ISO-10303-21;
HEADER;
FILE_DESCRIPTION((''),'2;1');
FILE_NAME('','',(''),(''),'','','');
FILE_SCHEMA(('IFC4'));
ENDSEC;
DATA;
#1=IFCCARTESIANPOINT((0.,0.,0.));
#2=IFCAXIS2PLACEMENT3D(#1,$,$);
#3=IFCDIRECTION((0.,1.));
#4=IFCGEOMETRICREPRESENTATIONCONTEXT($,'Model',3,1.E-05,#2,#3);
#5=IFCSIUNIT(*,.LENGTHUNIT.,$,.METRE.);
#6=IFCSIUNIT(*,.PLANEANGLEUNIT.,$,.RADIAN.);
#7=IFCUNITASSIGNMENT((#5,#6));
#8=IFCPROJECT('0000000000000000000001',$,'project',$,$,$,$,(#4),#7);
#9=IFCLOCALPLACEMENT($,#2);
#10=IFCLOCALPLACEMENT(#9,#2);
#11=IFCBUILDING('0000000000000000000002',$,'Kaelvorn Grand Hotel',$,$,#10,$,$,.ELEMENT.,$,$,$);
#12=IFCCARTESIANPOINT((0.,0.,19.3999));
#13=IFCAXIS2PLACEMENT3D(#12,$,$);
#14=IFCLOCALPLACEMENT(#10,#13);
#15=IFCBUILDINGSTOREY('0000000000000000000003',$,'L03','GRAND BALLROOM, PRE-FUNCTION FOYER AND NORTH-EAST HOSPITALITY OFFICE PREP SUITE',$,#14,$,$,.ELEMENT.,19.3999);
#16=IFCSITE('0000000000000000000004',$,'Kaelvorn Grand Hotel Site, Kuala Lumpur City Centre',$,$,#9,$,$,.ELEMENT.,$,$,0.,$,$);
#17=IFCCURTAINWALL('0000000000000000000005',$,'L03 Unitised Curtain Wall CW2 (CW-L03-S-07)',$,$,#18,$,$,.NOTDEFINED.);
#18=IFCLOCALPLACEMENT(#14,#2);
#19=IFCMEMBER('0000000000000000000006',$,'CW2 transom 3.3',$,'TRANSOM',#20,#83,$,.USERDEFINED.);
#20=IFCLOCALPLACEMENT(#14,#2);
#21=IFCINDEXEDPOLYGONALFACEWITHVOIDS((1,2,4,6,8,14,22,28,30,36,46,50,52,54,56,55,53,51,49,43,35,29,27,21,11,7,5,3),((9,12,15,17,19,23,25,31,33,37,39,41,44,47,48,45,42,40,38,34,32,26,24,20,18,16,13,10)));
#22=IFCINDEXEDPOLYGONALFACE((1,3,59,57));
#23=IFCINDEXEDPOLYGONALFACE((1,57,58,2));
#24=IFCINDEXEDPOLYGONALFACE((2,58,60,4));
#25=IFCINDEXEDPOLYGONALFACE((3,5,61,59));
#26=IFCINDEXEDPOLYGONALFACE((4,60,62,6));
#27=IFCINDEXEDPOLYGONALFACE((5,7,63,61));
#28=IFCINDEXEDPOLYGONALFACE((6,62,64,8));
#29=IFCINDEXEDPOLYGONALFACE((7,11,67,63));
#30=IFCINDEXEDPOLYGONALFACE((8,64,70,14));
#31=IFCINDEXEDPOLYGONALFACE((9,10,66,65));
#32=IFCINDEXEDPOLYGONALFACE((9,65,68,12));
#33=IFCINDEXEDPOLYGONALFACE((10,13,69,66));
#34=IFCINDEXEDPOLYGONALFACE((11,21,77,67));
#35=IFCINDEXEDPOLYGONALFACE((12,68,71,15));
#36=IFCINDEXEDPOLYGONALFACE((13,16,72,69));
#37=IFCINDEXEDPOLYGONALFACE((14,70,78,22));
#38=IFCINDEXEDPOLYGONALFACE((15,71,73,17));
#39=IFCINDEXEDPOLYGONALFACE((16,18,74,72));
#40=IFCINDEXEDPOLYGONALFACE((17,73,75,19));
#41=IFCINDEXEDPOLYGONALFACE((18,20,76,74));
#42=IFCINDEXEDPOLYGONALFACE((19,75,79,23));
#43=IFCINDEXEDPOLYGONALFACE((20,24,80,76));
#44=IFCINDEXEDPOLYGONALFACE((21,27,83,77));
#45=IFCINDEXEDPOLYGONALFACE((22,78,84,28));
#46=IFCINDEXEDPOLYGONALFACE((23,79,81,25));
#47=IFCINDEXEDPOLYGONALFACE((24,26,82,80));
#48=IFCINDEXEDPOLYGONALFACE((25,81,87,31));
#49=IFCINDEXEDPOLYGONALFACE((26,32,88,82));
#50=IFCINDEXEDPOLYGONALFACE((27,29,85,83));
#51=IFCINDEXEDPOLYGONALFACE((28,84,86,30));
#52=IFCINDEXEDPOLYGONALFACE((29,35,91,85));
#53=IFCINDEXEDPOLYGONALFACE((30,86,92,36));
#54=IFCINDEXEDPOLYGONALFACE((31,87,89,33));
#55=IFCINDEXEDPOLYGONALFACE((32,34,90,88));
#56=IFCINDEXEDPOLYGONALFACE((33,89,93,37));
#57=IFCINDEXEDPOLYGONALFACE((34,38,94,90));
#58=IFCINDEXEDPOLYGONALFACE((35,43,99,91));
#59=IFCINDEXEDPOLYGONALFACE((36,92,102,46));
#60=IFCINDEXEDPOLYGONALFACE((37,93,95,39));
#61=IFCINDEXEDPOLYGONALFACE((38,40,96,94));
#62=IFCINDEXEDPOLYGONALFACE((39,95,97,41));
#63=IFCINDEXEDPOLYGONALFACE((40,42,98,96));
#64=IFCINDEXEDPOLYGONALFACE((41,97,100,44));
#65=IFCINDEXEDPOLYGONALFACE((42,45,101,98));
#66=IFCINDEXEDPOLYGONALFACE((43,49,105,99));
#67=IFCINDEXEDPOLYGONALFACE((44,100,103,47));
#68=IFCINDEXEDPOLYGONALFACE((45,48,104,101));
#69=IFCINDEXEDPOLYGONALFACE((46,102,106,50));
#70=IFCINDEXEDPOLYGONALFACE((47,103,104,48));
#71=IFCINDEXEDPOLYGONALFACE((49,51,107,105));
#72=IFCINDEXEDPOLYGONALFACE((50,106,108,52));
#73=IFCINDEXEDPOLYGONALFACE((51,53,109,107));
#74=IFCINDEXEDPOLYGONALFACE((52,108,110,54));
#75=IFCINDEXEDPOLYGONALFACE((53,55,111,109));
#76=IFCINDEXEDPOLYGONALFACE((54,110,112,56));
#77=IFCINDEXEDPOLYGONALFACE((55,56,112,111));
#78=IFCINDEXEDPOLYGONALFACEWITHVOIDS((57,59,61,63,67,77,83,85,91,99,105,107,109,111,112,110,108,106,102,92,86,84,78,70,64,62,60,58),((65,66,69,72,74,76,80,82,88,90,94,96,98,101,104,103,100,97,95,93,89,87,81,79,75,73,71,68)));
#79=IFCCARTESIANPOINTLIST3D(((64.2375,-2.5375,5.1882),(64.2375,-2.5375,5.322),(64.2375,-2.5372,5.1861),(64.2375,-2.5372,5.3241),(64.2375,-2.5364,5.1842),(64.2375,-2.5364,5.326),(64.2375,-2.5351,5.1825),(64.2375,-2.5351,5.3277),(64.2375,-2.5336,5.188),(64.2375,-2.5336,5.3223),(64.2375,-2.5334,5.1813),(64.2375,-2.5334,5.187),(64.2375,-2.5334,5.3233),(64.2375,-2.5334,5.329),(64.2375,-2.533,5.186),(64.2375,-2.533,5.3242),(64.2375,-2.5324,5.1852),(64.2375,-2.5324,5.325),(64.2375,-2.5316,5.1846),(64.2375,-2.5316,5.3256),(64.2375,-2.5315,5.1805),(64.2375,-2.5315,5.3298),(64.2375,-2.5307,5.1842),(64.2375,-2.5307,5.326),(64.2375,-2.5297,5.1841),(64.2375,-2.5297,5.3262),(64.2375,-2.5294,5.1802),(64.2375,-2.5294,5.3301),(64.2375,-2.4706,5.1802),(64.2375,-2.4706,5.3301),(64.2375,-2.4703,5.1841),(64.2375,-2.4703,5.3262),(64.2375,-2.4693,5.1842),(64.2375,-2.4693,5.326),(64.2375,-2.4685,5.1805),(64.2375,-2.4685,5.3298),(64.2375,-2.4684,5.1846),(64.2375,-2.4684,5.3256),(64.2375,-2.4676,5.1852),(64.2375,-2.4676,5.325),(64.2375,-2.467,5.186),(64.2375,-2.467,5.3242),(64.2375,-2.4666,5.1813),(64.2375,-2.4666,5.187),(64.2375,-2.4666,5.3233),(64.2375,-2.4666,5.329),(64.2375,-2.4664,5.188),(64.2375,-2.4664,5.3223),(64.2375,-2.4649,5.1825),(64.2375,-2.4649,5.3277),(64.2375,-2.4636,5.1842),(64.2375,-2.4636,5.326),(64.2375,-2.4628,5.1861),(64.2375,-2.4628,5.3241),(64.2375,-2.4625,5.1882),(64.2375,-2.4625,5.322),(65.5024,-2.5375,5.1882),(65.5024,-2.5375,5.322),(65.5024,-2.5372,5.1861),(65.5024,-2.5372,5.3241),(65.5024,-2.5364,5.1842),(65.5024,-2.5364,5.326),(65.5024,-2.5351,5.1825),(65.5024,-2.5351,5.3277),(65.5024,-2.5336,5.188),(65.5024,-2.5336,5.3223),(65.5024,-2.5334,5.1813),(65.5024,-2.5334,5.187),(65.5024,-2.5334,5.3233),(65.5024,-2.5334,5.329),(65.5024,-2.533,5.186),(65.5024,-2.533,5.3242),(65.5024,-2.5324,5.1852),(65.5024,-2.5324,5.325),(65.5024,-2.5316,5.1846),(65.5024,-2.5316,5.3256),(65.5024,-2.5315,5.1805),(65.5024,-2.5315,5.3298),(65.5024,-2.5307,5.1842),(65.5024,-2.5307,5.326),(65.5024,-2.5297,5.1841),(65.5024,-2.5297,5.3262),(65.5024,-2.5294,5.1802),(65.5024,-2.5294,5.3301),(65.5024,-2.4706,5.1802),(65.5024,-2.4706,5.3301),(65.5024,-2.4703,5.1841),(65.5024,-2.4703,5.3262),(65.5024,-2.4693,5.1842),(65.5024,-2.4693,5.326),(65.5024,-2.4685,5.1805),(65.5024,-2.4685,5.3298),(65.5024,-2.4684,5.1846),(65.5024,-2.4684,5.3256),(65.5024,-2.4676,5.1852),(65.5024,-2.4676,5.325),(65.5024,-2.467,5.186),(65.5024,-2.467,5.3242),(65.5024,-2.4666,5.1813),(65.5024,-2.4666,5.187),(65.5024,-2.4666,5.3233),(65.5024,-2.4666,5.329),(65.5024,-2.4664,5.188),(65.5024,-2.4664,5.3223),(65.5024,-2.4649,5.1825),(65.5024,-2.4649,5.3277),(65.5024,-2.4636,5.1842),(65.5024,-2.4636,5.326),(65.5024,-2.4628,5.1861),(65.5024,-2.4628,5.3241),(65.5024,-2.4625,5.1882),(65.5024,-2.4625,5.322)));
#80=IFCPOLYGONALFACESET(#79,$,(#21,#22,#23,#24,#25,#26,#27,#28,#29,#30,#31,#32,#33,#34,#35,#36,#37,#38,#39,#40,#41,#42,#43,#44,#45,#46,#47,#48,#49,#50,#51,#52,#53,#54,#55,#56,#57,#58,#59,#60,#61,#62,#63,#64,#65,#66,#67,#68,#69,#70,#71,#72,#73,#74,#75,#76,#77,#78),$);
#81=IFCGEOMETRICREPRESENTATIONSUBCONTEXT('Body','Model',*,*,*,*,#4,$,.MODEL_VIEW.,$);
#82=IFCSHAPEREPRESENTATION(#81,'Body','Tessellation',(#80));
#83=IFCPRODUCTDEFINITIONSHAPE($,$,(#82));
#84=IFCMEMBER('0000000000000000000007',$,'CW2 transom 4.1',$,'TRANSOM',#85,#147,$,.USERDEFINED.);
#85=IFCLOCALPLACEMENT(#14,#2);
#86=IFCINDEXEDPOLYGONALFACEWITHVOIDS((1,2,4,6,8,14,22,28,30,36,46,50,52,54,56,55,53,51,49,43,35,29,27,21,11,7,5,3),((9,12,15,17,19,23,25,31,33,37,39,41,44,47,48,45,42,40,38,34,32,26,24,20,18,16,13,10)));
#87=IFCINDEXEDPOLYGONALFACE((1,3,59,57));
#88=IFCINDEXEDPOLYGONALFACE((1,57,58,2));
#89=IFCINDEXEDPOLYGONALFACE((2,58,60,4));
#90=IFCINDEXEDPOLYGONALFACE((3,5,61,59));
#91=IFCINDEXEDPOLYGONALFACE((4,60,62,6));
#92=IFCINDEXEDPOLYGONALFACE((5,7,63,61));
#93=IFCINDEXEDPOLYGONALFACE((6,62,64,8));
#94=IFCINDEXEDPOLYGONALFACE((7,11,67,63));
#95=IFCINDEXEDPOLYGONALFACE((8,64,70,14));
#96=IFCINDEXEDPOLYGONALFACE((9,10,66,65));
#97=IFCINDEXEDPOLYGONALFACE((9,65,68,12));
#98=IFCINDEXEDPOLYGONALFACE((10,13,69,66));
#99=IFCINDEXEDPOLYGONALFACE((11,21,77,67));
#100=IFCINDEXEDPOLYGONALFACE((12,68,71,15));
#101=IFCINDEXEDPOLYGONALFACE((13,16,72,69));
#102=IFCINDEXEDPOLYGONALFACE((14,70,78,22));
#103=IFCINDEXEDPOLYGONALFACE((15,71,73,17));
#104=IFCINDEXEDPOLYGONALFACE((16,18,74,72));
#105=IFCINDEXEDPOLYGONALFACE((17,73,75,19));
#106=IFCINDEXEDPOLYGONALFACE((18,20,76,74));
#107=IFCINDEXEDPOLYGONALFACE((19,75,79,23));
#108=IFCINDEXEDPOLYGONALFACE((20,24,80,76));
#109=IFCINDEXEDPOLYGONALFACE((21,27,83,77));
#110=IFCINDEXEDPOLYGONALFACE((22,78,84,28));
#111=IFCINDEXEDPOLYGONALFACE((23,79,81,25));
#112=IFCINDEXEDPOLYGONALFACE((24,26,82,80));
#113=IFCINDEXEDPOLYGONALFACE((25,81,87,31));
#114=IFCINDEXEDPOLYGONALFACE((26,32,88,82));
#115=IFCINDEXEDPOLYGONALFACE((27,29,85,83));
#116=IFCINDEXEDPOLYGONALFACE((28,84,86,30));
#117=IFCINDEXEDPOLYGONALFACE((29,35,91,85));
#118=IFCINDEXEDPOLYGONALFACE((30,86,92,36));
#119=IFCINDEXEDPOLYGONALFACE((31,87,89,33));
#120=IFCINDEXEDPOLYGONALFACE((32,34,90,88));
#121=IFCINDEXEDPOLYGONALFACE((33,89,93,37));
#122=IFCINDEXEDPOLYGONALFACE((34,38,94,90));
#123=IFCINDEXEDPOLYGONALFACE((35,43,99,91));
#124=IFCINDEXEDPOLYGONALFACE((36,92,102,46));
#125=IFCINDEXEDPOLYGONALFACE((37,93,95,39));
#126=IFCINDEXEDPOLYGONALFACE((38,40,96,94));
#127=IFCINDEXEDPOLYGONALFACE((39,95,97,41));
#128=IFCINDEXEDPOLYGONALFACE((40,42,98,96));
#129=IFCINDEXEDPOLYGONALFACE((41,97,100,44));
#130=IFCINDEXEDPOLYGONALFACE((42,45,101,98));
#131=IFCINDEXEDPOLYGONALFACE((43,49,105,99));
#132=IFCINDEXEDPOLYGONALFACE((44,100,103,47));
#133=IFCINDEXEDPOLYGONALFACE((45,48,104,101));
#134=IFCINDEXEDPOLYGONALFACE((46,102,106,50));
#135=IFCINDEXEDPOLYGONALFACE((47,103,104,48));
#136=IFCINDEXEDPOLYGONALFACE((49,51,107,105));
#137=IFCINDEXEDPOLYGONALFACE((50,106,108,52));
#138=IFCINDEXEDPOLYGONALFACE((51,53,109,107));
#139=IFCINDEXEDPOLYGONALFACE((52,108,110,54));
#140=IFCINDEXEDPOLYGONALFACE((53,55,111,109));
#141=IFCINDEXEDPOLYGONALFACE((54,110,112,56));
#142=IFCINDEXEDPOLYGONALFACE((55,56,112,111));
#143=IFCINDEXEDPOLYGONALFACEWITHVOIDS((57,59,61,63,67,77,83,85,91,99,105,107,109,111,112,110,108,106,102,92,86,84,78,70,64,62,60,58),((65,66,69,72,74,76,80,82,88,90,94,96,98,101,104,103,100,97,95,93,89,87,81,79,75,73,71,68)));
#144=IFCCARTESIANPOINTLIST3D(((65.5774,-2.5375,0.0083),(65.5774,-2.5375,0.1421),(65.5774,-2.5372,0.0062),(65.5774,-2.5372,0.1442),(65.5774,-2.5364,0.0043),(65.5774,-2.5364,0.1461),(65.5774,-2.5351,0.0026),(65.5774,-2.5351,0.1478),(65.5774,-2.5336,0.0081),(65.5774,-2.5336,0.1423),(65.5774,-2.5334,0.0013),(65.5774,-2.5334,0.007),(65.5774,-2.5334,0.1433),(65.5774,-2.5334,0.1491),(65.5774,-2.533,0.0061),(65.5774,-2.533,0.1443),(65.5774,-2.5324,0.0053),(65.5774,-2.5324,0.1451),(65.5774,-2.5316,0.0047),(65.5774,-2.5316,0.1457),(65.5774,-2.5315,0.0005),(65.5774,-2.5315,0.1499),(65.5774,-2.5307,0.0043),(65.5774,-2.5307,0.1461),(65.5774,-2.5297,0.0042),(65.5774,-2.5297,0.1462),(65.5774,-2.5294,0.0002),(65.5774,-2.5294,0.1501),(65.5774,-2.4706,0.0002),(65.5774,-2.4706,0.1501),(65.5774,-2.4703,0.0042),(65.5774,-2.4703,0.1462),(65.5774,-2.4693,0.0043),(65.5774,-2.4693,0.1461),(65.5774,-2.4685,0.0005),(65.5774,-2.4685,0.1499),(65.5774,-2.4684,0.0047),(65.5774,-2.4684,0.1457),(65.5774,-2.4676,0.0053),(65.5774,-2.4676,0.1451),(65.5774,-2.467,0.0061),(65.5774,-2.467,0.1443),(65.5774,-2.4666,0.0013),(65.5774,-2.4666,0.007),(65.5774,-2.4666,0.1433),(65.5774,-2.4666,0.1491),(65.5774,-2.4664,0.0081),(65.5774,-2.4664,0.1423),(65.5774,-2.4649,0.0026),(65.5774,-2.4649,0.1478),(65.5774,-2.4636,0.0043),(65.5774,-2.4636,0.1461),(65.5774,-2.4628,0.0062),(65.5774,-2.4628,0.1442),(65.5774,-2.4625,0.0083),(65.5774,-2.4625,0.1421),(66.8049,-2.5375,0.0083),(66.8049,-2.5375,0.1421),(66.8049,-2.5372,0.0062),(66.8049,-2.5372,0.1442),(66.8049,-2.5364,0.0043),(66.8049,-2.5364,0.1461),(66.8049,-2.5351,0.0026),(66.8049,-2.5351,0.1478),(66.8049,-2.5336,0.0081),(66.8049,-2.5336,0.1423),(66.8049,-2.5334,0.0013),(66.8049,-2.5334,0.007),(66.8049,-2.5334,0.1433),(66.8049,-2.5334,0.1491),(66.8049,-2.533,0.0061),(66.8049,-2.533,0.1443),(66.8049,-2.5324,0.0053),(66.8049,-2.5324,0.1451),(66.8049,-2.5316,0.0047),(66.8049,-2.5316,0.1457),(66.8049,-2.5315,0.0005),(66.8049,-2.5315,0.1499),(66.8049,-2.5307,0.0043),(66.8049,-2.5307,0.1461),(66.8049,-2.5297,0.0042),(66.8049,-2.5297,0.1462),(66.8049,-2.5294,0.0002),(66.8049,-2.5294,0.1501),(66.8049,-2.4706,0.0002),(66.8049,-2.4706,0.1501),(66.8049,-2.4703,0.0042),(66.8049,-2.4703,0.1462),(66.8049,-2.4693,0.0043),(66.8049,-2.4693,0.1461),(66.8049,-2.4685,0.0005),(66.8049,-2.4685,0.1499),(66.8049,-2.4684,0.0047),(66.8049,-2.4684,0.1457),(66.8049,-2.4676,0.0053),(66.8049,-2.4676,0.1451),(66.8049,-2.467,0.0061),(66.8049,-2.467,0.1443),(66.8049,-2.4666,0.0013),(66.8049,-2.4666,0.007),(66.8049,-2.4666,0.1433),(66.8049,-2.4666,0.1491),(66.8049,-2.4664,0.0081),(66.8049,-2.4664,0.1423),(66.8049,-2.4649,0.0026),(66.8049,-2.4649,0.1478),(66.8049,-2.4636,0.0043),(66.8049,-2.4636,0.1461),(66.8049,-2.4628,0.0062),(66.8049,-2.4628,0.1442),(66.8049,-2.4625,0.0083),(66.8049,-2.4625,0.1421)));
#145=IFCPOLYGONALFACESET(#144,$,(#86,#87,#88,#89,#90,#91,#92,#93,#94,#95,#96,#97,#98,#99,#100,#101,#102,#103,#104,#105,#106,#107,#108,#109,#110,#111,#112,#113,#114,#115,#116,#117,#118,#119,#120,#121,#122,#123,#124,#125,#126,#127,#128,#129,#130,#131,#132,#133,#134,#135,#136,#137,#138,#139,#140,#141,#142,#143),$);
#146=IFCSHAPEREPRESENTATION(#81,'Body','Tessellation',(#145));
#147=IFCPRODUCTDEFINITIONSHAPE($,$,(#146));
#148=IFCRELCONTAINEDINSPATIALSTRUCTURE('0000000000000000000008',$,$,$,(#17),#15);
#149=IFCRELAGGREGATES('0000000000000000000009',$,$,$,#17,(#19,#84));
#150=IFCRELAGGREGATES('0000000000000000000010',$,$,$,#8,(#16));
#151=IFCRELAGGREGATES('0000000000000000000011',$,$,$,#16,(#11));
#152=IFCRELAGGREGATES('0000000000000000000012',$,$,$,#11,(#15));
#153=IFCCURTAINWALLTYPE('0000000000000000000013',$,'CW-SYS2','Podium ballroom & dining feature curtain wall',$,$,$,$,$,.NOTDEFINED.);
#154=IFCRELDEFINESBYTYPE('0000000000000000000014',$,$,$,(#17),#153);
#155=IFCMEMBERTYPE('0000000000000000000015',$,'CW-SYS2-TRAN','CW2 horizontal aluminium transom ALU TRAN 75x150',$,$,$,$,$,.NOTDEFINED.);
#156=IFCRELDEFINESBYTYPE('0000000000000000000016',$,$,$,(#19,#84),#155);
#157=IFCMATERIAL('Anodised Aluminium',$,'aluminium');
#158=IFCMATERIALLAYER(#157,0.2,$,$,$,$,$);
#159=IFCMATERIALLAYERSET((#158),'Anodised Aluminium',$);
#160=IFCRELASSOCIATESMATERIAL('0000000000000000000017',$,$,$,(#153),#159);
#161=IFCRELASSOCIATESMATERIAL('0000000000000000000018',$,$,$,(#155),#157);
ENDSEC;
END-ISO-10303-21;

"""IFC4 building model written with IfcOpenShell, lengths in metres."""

from ifc_helpers import new_model, si_unit, direction, frame, origin, origin_2d, place, context, subcontext, project, spatial, hollow_rectangle, extrude, material, layer, layer_set, material_profile, profile_set, type_object, element, aggregate, save


model = new_model("IFC4")

# Units and contexts
model_context = context("Model", 3, precision=1e-05, world=origin(), true_north=direction((0.0, 1.0)))
body_context = subcontext(model_context, "Body", "Model", "MODEL_VIEW")
ifc_project = project(units=[si_unit("LENGTHUNIT", "METRE"), si_unit("PLANEANGLEUNIT", "RADIAN")], contexts=[model_context])

# Site, building, storey
site_placement = place(None, origin())
site = spatial("IfcSite", under=ifc_project, at=site_placement, Name="Kaelvorn Grand Hotel Site, Kuala Lumpur City Centre", CompositionType="ELEMENT", RefElevation=0.0)
building_placement = place(site_placement, origin())
building = spatial("IfcBuilding", under=site, at=building_placement, Name="Kaelvorn Grand Hotel", CompositionType="ELEMENT")
storey_placement = place(building_placement, frame((0.0, 0.0, 19.3999)))
storey = spatial("IfcBuildingStorey", under=building, at=storey_placement, Name="L03", Description="GRAND BALLROOM, PRE-FUNCTION FOYER AND NORTH-EAST HOSPITALITY OFFICE PREP SUITE", CompositionType="ELEMENT", Elevation=19.3999)

# Curtain wall, members
ifc_material_1 = material(Name="Anodised Aluminium", Category="aluminium")
ifc_layer_1 = layer(ifc_material_1, 0.2)
ifc_layer_set_1 = layer_set([ifc_layer_1], Name="Anodised Aluminium")
curtain_wall_type = type_object("IfcCurtainWallType", Name="CW-SYS2", Description="Podium ballroom & dining feature curtain wall", PredefinedType="NOTDEFINED", material=ifc_layer_set_1)
curtain_wall_placement = place(storey_placement, origin())
curtain_wall = element("IfcCurtainWall", 1, at=curtain_wall_placement, inside=storey, type_object=curtain_wall_type, Name="L03 Unitised Curtain Wall CW2 (CW-L03-S-07)", PredefinedType="NOTDEFINED")
ifc_material_profile_1 = material_profile(ifc_material_1, hollow_rectangle(XDim=0.075, YDim=0.1499, WallThickness=0.0039, InnerFilletRadius=0.0039, OuterFilletRadius=0.0081, at=origin_2d()), Name="ALU TRAN 75x150")
ifc_profile_set_1 = profile_set([ifc_material_profile_1], Name="Anodised Aluminium")
member_type_1 = type_object("IfcMemberType", Name="CW-SYS2-TRAN", Description="CW2 horizontal aluminium transom ALU TRAN 75x150", PredefinedType="NOTDEFINED", material=ifc_profile_set_1)
member_1_placement = place(storey_placement, frame((64.2375, -2.5, 5.2551), z_axis=(1.0, 0.0, 0.0), x_axis=(0.0, 1.0, 0.0)))
member_1 = element("IfcMember", 2, at=member_1_placement, type_object=member_type_1, Name="CW2 transom 3.3", ObjectType="TRANSOM", PredefinedType="USERDEFINED", context=body_context, shape_type="SweptSolid", body=[
    extrude(hollow_rectangle(XDim=0.075, YDim=0.1499, WallThickness=0.0039, InnerFilletRadius=0.0039, OuterFilletRadius=0.0081, at=origin_2d()), origin(), (0.0, 0.0, 1.0), 1.2649),
])
member_2_placement = place(storey_placement, frame((65.5774, -2.5, 0.0752), z_axis=(1.0, 0.0, 0.0), x_axis=(0.0, 1.0, 0.0)))
member_2 = element("IfcMember", 3, at=member_2_placement, type_object=member_type_1, Name="CW2 transom 4.1", ObjectType="TRANSOM", PredefinedType="USERDEFINED", context=body_context, shape_type="SweptSolid", body=[
    extrude(hollow_rectangle(XDim=0.075, YDim=0.1499, WallThickness=0.0039, InnerFilletRadius=0.0039, OuterFilletRadius=0.0081, at=origin_2d()), origin(), (0.0, 0.0, 1.0), 1.2275),
])
aggregate(curtain_wall, [member_1, member_2])

save(model, "model.ifc")
